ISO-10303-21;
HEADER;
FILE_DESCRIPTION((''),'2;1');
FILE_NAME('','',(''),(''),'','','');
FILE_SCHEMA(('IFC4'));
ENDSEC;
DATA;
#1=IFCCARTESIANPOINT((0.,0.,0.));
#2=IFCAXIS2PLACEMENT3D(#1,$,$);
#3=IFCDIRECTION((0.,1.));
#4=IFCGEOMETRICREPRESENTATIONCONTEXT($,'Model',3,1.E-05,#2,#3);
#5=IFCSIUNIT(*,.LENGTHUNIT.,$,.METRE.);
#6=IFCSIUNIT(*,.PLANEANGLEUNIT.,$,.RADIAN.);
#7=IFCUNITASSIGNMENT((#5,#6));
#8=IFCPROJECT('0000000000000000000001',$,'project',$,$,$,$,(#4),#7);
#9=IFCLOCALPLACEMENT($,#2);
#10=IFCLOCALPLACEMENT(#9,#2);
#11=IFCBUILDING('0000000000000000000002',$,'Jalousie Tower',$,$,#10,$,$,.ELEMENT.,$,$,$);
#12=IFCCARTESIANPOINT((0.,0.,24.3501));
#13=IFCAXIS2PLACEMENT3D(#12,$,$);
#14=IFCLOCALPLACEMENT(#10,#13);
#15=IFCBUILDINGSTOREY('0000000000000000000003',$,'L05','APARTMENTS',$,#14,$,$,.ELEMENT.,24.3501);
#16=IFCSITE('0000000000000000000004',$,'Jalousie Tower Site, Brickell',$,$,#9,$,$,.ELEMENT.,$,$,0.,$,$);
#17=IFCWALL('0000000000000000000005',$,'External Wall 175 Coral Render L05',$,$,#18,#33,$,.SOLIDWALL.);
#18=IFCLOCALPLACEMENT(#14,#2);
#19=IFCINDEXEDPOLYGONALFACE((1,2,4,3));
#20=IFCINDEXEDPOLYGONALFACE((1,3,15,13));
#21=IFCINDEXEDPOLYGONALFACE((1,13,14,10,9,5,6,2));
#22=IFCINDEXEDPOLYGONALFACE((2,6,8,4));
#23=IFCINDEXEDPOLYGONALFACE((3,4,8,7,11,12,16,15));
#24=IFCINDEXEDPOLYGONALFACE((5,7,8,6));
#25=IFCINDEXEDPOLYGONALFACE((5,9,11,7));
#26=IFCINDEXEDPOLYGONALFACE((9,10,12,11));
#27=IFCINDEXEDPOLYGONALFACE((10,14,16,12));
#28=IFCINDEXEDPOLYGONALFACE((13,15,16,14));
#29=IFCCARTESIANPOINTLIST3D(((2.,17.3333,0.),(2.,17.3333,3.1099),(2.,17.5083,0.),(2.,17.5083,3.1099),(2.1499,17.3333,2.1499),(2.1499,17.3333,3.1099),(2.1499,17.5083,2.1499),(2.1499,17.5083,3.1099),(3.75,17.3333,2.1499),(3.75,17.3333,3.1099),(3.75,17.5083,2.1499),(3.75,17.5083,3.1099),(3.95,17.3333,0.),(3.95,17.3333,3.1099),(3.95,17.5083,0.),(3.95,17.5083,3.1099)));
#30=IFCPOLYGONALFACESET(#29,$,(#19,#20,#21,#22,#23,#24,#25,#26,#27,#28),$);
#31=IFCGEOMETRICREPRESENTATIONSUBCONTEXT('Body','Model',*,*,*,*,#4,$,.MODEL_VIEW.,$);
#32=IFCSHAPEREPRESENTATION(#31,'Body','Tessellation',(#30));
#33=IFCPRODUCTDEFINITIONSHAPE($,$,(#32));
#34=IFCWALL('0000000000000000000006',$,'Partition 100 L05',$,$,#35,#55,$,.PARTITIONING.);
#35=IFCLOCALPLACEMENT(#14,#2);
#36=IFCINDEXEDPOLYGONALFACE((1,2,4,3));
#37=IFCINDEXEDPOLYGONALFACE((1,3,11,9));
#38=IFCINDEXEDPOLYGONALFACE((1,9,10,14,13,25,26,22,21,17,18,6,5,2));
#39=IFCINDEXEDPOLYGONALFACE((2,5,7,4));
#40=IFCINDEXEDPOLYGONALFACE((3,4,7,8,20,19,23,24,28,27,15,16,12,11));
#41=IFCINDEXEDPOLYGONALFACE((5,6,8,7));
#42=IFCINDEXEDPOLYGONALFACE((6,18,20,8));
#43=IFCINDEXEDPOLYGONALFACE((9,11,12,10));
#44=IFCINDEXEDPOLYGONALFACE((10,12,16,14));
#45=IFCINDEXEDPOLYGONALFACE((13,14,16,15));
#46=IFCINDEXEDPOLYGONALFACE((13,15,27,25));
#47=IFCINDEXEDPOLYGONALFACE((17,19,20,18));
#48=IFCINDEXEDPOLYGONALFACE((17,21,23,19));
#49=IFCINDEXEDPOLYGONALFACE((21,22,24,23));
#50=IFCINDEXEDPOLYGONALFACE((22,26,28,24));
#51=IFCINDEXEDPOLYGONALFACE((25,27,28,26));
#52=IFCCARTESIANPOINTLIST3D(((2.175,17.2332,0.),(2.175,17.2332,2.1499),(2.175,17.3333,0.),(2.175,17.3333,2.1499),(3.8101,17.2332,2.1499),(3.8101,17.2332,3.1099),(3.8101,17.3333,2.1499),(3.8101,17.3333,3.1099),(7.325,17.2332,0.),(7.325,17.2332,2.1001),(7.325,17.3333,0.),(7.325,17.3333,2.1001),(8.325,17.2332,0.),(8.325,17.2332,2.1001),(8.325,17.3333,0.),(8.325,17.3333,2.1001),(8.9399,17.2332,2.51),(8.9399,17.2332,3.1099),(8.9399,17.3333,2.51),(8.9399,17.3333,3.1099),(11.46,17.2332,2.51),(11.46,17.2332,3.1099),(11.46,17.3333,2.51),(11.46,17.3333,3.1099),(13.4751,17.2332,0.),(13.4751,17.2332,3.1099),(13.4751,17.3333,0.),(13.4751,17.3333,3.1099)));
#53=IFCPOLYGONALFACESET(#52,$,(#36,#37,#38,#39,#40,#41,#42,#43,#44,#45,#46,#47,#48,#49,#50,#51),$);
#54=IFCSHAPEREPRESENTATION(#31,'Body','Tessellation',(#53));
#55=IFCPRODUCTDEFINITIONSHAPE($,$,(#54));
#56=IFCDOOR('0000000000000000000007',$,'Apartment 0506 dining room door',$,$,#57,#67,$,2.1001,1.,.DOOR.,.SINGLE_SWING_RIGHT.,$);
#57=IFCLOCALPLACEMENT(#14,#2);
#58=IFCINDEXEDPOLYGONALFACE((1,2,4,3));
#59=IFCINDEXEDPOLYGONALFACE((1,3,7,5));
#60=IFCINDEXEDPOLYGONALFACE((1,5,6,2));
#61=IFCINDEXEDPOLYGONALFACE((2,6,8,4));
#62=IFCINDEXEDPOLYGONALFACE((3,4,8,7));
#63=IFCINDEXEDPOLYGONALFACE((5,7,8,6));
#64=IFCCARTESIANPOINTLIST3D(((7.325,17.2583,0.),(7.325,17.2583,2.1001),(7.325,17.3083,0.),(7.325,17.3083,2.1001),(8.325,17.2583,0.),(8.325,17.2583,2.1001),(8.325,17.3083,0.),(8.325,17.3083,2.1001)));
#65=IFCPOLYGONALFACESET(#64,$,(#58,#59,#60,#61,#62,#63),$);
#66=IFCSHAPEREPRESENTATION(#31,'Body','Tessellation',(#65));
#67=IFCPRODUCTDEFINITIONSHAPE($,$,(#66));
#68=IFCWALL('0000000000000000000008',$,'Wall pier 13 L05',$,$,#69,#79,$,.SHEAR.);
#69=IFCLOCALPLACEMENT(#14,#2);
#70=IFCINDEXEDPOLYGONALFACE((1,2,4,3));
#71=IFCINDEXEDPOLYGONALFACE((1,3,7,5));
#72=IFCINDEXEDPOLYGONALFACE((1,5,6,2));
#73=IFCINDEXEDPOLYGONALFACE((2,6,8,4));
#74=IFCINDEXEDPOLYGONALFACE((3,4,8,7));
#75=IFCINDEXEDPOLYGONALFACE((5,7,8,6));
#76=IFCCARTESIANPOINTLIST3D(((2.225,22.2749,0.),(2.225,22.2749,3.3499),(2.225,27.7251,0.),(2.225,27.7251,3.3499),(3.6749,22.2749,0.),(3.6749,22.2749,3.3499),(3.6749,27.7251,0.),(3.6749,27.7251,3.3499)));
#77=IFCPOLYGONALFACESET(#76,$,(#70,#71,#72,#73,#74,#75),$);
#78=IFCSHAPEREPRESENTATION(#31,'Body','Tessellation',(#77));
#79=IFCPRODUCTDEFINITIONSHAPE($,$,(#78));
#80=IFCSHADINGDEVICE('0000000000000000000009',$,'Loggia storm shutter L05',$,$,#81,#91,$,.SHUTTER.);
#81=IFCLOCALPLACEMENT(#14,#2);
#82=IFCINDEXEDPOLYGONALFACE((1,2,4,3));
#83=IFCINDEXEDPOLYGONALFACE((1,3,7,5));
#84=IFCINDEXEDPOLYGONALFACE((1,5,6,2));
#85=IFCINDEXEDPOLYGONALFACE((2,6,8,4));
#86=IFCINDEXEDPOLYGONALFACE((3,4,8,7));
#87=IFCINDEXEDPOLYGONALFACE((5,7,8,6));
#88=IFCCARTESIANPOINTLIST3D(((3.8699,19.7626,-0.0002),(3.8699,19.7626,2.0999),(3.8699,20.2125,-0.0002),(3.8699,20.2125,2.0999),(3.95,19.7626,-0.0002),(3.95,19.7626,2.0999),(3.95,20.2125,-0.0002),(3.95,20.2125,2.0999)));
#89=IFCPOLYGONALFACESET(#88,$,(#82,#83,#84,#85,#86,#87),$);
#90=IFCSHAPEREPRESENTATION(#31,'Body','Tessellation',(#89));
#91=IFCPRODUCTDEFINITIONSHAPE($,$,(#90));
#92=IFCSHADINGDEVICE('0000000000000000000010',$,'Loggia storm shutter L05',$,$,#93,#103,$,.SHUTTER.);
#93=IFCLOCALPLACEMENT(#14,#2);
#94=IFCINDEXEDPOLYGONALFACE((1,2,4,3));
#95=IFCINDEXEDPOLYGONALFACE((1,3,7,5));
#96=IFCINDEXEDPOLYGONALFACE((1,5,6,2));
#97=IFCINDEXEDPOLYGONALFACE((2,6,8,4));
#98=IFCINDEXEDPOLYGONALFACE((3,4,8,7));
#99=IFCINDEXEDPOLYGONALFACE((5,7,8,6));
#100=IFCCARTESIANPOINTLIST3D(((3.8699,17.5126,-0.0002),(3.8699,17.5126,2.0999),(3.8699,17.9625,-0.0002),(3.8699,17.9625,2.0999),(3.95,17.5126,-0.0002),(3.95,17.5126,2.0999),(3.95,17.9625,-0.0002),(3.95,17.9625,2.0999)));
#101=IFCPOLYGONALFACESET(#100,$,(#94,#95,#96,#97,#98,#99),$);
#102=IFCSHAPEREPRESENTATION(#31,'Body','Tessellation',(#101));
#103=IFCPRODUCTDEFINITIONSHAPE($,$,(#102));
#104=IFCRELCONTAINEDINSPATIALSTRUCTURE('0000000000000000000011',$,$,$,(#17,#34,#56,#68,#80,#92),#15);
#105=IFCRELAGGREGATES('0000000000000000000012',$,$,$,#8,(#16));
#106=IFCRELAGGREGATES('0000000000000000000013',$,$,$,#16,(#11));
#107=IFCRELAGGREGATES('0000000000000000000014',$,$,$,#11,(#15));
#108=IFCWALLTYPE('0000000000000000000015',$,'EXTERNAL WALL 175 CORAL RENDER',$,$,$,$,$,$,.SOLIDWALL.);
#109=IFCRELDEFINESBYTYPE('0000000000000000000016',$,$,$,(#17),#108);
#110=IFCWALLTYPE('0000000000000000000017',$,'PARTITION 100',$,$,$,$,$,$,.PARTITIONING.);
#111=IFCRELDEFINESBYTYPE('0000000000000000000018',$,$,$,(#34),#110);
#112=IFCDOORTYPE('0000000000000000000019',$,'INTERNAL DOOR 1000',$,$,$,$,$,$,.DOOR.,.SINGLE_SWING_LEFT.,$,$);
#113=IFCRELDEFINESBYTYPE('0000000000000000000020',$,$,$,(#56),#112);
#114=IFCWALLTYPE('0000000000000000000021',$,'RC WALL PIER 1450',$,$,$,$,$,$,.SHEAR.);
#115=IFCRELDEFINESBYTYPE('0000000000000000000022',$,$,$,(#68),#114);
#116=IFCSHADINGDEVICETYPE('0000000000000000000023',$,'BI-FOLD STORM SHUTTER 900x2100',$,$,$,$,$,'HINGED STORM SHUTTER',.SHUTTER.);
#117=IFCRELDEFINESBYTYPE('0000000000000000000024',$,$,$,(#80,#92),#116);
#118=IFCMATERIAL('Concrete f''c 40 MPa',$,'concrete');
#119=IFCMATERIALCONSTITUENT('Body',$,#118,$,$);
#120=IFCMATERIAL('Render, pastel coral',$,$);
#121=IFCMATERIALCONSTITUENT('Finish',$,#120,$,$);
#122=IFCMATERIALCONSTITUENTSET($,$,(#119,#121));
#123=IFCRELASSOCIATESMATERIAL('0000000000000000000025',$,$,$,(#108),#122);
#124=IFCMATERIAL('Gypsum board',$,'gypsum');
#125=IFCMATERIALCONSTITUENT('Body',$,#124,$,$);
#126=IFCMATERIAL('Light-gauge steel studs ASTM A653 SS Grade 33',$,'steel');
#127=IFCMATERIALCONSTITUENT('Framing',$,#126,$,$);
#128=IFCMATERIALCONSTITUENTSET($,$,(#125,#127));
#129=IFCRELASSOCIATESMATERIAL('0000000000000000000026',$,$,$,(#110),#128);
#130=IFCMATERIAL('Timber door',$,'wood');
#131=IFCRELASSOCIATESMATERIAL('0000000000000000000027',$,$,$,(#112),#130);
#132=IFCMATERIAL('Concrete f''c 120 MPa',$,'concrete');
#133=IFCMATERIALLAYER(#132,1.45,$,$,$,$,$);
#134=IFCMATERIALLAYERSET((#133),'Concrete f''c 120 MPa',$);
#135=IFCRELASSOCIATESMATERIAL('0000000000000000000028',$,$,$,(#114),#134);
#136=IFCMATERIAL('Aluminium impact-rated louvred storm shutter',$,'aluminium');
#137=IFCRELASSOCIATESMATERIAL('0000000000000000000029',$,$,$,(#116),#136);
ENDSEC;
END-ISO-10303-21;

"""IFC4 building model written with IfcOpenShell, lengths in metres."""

from ifc_helpers import new_model, si_unit, direction, frame, frame_2d, origin, origin_2d, place, context, subcontext, project, spatial, polyline, rectangle, outline, extrude, material, layer, layer_set, constituent, constituent_set, type_object, element, fill, save


model = new_model("IFC4")

# Units and contexts
model_context = context("Model", 3, precision=1e-05, world=origin(), true_north=direction((0.0, 1.0)))
body_context = subcontext(model_context, "Body", "Model", "MODEL_VIEW")
ifc_project = project(units=[si_unit("LENGTHUNIT", "METRE"), si_unit("PLANEANGLEUNIT", "RADIAN")], contexts=[model_context])

# Site, building, storey
site_placement = place(None, origin())
site = spatial("IfcSite", under=ifc_project, at=site_placement, Name="Jalousie Tower Site, Brickell", CompositionType="ELEMENT", RefElevation=0.0)
building_placement = place(site_placement, origin())
building = spatial("IfcBuilding", under=site, at=building_placement, Name="Jalousie Tower", CompositionType="ELEMENT")
storey_placement = place(building_placement, frame((0.0, 0.0, 24.3501)))
storey = spatial("IfcBuildingStorey", under=building, at=storey_placement, Name="L05", Description="APARTMENTS", CompositionType="ELEMENT", Elevation=24.3501)

# Shared definitions
ifc_material_1 = material(Name="Concrete f'c 40 MPa", Category="concrete")
ifc_constituent_1 = constituent(ifc_material_1, Name="Body")
ifc_material_2 = material(Name="Render, pastel coral")
ifc_constituent_2 = constituent(ifc_material_2, Name="Finish")
ifc_constituent_set_1 = constituent_set(constituents=[ifc_constituent_1, ifc_constituent_2])
wall_type_1 = type_object("IfcWallType", Name="EXTERNAL WALL 175 CORAL RENDER", PredefinedType="SOLIDWALL", material=ifc_constituent_set_1)

# Wall
for number, where, z_axis, x_axis, name in (
    (1, (2.0, 17.4209, 0.0), (0.0, 0.0, 1.0), (1.0, 0.0, 0.0), "External Wall 175 Coral Render L05"),
):
    element("IfcWall", number, at=place(storey_placement, frame(where, z_axis=z_axis, x_axis=x_axis)), inside=storey, type_object=wall_type_1, Name=name, PredefinedType="SOLIDWALL", context=body_context, shape_type="SweptSolid", body=[
        extrude(outline(polyline([(0.0, 0.0), (1.95, 0.0), (1.95, 3.1099), (1.75, 3.1099), (1.75, 2.1499), (0.1499, 2.1499), (0.1499, 3.1099), (0.0, 3.1099), (0.0, 0.0)])), frame((0.0, 0.0874, 0.0), z_axis=(0.0, -1.0, 0.0), x_axis=(1.0, 0.0, 0.0)), (0.0, 0.0, 1.0), 0.175),
    ])

# Wall, opening, door
ifc_material_3 = material(Name="Gypsum board", Category="gypsum")
ifc_constituent_3 = constituent(ifc_material_3, Name="Body")
ifc_material_4 = material(Name="Light-gauge steel studs ASTM A653 SS Grade 33", Category="steel")
ifc_constituent_4 = constituent(ifc_material_4, Name="Framing")
ifc_constituent_set_2 = constituent_set(constituents=[ifc_constituent_3, ifc_constituent_4])
wall_type_2 = type_object("IfcWallType", Name="PARTITION 100", PredefinedType="PARTITIONING", material=ifc_constituent_set_2)
wall_1_placement = place(storey_placement, frame((2.175, 17.2832, 0.0), z_axis=(0.0, 0.0, 1.0), x_axis=(1.0, 0.0, 0.0)))
wall_1 = element("IfcWall", 2, at=wall_1_placement, inside=storey, type_object=wall_type_2, Name="Partition 100 L05", PredefinedType="PARTITIONING", context=body_context, shape_type="SweptSolid", body=[
    extrude(outline(polyline([(0.0, 0.0), (11.3, 0.0), (11.3, 3.1099), (9.2849, 3.1099), (9.2849, 2.51), (6.7649, 2.51), (6.7649, 3.1099), (1.635, 3.1099), (1.635, 2.1499), (0.0, 2.1499), (0.0, 3.1099), (0.0, 0.0)])), frame((0.0, 0.05, 0.0), z_axis=(0.0, -1.0, 0.0), x_axis=(1.0, 0.0, 0.0)), (0.0, 0.0, 1.0), 0.1001),
])
opening_1_placement = place(wall_1_placement, frame((5.1499, 0.0, 0.0)))
opening_1 = element("IfcOpeningElement", 3, at=opening_1_placement, cuts=wall_1, PredefinedType="OPENING", context=body_context, shape_type="SweptSolid", body=[
    extrude(rectangle(XDim=1.0, YDim=2.1001, at=frame_2d((0.5, 1.05))), frame((0.0, 0.0601, 0.0), z_axis=(0.0, -1.0, 0.0), x_axis=(1.0, 0.0, 0.0)), (0.0, 0.0, 1.0), 0.1201),
])
ifc_material_5 = material(Name="Timber door", Category="wood")
door_type_1 = type_object("IfcDoorType", Name="INTERNAL DOOR 1000", OperationType="SINGLE_SWING_LEFT", PredefinedType="DOOR", material=ifc_material_5)
door_1_placement = place(opening_1_placement, frame((1.0, 0.0, 0.0), z_axis=(0.0, 0.0, 1.0), x_axis=(-1.0, 0.0, 0.0)))
door_1 = element("IfcDoor", 4, at=door_1_placement, inside=storey, type_object=door_type_1, Name="Apartment 0506 dining room door", OperationType="SINGLE_SWING_RIGHT", OverallHeight=2.1001, OverallWidth=1.0, PredefinedType="DOOR", context=body_context, shape_type="SweptSolid", body=[
    extrude(rectangle(XDim=1.0, YDim=2.1001, at=frame_2d((0.5, 1.05))), frame((0.0, 0.0249, 0.0), z_axis=(0.0, -1.0, 0.0), x_axis=(1.0, 0.0, 0.0)), (0.0, 0.0, 1.0), 0.05),
])
fill(opening_1, door_1)

# Wall
ifc_material_6 = material(Name="Concrete f'c 120 MPa", Category="concrete")
ifc_layer_1 = layer(ifc_material_6, 1.45)
ifc_layer_set_1 = layer_set([ifc_layer_1], Name="Concrete f'c 120 MPa")
wall_type_3 = type_object("IfcWallType", Name="RC WALL PIER 1450", PredefinedType="SHEAR", material=ifc_layer_set_1)
wall_2_placement = place(storey_placement, frame((2.95, 22.2749, 0.0), z_axis=(0.0, 0.0, 1.0), x_axis=(0.0, 1.0, 0.0)))
element("IfcWall", 5, at=wall_2_placement, inside=storey, type_object=wall_type_3, Name="Wall pier 13 L05", PredefinedType="SHEAR", context=body_context, shape_type="SweptSolid", body=[
    extrude(rectangle(XDim=5.4502, YDim=1.45, at=frame_2d((2.7251, 0.0))), origin(), (0.0, 0.0, 1.0), 3.3499),
])

# Shading devices
ifc_material_7 = material(Name="Aluminium impact-rated louvred storm shutter", Category="aluminium")
shading_device_type_1 = type_object("IfcShadingDeviceType", Name="BI-FOLD STORM SHUTTER 900x2100", ElementType="HINGED STORM SHUTTER", PredefinedType="SHUTTER", material=ifc_material_7)
for number, where, z_axis, x_axis, name in (
    (6, (3.9099, 19.9875, -0.0002), (0.0, 0.0, 1.0), (0.0, -1.0, 0.0), "Loggia storm shutter L05"),
    (7, (3.9099, 17.7375, -0.0002), (0.0, 0.0, 1.0), (0.0, -1.0, 0.0), "Loggia storm shutter L05"),
):
    element("IfcShadingDevice", number, at=place(storey_placement, frame(where, z_axis=z_axis, x_axis=x_axis)), inside=storey, type_object=shading_device_type_1, Name=name, PredefinedType="SHUTTER", context=body_context, shape_type="SweptSolid", body=[
        extrude(rectangle(XDim=0.45, YDim=0.0801, at=origin_2d()), origin(), (0.0, 0.0, 1.0), 2.1001),
    ])

save(model, "model.ifc")
